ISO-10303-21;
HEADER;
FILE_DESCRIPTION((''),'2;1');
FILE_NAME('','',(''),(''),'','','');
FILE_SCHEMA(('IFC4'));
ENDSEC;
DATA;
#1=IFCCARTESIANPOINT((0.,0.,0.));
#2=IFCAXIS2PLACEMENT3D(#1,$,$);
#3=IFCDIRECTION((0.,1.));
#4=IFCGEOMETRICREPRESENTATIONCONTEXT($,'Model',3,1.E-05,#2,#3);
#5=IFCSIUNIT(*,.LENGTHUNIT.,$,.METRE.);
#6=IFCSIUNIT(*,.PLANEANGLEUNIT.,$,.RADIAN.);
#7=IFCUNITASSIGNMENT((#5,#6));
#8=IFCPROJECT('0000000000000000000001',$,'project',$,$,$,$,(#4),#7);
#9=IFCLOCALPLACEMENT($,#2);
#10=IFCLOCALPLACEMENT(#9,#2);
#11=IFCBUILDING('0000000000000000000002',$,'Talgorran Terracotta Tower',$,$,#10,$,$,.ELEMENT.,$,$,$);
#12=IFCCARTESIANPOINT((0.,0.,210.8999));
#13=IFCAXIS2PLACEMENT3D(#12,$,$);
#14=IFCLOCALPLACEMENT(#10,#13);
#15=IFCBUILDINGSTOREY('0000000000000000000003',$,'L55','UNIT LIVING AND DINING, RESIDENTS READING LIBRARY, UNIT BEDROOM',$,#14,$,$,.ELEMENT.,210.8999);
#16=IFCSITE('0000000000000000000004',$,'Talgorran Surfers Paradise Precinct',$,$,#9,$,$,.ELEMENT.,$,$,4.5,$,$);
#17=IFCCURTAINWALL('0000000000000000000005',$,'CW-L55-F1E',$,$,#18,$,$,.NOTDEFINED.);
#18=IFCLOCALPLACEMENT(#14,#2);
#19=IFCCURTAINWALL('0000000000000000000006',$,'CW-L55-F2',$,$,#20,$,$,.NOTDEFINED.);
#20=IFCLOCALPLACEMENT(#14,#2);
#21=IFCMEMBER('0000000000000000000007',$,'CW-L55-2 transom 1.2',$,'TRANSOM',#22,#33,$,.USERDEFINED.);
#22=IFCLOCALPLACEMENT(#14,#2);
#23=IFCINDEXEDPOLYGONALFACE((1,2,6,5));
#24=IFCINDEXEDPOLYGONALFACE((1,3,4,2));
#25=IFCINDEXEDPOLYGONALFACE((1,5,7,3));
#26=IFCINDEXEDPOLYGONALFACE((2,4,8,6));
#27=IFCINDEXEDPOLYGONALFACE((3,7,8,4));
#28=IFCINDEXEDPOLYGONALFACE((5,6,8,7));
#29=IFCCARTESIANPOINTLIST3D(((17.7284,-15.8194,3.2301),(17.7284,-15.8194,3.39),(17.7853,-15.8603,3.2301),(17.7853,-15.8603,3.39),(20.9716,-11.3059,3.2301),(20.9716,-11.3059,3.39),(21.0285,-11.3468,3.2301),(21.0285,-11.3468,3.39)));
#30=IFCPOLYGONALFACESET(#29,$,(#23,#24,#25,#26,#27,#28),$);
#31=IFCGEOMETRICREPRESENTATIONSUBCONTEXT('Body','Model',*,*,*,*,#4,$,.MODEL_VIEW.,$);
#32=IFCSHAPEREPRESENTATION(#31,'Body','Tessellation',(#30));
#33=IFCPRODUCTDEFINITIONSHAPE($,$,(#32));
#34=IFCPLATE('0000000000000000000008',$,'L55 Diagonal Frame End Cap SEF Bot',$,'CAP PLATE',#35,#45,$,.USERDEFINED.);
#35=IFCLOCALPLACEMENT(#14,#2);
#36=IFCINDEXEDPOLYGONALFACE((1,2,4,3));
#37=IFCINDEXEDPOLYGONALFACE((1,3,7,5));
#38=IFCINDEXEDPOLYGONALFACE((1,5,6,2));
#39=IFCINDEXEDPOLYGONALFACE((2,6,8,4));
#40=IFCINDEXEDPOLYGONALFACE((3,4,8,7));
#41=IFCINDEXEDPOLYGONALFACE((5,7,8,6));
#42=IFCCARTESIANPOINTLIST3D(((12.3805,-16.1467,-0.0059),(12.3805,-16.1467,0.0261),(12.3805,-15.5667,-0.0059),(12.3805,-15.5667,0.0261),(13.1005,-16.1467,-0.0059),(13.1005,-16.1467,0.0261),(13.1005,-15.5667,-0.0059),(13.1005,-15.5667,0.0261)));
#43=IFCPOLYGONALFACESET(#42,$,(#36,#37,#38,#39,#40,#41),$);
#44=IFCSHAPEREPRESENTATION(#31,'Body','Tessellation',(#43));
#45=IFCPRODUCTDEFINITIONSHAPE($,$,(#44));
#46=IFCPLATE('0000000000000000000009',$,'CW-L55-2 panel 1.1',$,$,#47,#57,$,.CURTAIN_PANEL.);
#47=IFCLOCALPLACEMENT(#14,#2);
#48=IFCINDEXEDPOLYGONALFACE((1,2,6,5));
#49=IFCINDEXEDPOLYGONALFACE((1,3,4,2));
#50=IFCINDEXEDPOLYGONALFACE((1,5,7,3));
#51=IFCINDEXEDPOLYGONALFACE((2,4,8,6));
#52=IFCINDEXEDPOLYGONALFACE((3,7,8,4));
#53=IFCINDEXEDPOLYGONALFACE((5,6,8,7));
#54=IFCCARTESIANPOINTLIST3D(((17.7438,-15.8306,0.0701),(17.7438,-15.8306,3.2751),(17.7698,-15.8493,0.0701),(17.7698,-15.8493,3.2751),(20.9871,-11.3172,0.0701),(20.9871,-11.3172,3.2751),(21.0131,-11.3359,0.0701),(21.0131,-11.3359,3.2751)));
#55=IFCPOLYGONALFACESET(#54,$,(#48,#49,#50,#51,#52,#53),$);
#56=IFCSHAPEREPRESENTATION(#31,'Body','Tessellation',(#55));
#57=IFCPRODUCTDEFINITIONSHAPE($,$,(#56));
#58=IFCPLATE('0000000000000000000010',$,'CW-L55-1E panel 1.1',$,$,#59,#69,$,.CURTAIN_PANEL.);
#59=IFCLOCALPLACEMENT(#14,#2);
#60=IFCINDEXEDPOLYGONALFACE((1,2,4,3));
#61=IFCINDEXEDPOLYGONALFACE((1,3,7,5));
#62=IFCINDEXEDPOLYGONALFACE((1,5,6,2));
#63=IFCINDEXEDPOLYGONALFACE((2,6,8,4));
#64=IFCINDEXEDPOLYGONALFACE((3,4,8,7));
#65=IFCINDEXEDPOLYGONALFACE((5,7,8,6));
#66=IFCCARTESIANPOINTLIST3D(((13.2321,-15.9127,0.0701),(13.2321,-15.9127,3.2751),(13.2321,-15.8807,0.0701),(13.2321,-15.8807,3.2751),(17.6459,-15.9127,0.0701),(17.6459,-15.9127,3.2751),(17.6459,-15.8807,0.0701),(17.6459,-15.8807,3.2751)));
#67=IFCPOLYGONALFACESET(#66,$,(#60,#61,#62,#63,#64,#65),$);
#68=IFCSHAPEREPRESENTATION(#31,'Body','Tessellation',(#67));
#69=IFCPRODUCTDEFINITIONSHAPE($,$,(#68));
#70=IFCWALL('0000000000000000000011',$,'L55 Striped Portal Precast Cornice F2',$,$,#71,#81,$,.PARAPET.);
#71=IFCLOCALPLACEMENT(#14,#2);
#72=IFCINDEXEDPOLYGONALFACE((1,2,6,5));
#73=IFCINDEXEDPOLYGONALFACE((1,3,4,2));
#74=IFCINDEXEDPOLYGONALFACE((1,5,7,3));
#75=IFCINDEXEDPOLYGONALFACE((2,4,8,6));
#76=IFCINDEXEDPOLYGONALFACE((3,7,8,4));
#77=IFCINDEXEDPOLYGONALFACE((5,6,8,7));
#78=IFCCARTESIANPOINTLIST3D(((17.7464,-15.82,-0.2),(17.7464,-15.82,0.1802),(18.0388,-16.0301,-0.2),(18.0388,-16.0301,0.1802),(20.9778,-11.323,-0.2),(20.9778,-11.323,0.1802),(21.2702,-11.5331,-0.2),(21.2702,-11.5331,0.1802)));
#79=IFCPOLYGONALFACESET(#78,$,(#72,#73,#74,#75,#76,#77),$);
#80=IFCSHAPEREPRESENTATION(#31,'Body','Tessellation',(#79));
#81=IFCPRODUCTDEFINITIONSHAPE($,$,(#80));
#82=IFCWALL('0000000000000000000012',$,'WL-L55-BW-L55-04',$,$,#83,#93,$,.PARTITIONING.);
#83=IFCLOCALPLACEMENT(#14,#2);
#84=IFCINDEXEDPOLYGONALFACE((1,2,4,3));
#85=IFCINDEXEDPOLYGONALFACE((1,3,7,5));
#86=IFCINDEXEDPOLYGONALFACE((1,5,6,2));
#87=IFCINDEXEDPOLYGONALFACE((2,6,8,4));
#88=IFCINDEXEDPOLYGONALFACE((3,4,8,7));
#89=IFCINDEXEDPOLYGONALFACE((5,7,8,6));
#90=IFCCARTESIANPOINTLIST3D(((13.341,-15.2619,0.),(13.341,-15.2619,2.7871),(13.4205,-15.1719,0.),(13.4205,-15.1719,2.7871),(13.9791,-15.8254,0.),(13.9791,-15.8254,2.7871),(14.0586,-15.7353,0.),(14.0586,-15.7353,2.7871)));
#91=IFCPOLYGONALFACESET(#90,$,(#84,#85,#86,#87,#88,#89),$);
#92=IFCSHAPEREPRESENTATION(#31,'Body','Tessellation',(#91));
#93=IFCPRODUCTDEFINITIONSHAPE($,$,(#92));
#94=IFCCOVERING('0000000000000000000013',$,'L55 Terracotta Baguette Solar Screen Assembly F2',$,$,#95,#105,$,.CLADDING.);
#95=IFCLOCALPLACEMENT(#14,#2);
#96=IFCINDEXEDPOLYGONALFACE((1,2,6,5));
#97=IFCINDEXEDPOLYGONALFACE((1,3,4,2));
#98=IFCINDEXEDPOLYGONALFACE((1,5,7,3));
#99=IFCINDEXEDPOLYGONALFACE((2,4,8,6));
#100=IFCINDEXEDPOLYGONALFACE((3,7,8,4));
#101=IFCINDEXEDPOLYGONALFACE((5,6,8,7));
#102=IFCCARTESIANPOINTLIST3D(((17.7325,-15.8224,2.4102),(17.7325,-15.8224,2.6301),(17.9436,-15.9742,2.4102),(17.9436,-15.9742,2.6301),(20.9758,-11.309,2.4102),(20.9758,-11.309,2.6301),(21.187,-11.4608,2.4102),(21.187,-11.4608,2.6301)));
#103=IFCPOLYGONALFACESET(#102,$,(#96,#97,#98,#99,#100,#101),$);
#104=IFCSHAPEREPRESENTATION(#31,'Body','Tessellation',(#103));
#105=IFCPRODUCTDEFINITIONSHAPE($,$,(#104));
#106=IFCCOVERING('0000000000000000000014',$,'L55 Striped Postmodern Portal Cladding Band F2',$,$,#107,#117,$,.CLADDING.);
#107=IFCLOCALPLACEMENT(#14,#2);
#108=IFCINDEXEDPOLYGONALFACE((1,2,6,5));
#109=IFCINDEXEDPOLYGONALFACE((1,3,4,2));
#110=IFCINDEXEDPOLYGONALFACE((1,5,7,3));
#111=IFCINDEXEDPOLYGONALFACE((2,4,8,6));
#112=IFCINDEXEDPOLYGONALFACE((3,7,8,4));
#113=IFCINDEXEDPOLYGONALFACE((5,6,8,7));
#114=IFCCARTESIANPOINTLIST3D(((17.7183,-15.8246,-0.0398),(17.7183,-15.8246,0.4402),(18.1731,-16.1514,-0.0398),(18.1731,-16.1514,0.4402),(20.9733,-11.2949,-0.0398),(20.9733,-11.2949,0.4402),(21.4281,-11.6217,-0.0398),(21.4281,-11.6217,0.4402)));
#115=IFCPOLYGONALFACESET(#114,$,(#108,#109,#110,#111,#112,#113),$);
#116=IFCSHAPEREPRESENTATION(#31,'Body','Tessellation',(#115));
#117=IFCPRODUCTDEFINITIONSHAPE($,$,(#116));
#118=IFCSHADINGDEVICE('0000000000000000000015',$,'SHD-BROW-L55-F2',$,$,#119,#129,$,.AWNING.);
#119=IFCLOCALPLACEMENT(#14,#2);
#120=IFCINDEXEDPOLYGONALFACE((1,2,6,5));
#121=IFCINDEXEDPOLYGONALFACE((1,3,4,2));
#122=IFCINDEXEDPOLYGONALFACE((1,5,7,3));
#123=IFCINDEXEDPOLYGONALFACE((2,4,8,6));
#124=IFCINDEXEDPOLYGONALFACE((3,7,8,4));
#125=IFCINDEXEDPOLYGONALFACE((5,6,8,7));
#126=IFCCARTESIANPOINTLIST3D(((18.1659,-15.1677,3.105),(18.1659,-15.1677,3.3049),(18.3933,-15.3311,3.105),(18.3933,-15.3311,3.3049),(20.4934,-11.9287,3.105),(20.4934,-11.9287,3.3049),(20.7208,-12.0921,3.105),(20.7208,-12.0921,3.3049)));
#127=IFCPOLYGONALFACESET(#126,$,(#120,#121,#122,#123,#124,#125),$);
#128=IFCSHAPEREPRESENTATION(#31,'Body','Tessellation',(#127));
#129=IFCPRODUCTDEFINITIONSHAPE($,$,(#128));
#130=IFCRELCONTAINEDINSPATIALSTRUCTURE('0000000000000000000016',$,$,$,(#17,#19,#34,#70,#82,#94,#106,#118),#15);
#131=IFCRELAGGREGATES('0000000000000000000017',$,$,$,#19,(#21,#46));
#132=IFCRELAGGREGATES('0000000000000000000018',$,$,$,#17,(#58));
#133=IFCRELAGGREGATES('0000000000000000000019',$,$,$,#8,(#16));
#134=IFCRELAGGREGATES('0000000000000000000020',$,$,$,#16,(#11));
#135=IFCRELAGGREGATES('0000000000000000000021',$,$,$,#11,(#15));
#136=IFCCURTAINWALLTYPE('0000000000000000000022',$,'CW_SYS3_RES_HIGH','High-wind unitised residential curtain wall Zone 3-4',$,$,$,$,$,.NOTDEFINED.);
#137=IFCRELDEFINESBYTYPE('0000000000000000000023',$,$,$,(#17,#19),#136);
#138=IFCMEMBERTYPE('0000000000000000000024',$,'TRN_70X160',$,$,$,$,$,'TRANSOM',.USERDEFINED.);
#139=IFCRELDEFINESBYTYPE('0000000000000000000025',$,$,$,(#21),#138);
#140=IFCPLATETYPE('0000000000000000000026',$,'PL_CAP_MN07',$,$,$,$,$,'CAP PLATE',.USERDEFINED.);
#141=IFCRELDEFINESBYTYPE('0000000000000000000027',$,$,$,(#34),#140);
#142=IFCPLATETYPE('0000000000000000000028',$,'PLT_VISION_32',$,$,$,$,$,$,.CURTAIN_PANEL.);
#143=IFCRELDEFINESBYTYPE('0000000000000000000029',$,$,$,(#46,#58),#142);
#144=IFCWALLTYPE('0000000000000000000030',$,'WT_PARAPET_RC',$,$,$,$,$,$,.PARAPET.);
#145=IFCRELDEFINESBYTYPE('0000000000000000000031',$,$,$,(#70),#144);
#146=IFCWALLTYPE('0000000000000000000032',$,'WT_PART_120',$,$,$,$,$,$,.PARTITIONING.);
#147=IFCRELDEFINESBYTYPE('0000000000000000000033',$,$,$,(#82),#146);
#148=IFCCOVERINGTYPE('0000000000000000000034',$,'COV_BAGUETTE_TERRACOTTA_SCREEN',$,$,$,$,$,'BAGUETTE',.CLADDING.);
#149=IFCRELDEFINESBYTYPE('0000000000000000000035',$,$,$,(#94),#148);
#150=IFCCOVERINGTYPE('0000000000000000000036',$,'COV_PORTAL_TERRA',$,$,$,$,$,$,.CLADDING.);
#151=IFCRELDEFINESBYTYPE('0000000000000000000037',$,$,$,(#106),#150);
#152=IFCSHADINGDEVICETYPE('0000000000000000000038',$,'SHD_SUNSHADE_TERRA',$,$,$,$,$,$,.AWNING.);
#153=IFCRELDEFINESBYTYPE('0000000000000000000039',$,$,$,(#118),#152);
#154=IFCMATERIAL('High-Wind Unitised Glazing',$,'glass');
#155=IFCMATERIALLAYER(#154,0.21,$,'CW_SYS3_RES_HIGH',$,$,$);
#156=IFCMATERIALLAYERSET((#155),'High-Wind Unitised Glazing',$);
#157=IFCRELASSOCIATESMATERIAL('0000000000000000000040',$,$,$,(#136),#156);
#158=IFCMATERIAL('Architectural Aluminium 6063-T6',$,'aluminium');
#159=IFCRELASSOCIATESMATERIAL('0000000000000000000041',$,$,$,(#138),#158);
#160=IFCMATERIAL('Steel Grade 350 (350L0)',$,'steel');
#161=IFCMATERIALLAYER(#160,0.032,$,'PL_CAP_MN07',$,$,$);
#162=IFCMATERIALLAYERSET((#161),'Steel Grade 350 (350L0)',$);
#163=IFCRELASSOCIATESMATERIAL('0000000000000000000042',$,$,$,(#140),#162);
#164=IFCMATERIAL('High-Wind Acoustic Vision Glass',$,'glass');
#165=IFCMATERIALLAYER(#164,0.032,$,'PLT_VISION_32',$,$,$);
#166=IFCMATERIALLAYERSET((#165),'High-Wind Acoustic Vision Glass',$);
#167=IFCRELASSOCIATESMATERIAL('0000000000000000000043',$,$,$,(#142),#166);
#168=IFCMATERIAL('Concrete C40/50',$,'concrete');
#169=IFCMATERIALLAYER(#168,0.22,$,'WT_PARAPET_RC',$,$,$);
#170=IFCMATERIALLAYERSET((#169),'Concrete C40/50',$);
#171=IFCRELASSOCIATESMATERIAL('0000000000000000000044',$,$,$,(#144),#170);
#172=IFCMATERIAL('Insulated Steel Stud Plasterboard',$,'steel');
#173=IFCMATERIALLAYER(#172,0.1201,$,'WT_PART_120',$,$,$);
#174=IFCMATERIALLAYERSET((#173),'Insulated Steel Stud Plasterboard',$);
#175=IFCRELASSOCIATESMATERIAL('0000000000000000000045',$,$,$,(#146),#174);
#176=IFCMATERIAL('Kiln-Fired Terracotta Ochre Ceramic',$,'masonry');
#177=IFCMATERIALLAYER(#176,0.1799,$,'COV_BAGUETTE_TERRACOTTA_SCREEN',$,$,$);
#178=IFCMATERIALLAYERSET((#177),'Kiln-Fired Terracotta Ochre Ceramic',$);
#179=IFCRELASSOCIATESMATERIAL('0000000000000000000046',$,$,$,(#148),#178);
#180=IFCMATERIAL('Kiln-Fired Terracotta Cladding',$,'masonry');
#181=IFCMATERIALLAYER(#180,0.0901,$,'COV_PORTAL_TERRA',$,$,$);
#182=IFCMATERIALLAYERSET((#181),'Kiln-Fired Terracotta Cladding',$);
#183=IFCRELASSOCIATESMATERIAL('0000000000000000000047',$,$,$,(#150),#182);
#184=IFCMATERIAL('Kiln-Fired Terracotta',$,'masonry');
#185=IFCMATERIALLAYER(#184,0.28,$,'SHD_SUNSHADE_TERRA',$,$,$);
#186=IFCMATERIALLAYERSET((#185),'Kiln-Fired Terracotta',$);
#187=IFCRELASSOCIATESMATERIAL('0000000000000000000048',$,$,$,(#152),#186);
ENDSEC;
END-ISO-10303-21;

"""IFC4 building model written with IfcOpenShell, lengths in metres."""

from ifc_helpers import new_model, si_unit, direction, frame, frame_2d, origin, origin_2d, place, context, subcontext, project, spatial, rectangle, extrude, source, transform, mapped, material, layer, layer_set, material_profile, profile_set, type_object, type_shapes, element, aggregate, save


model = new_model("IFC4")

# Units and contexts
model_context = context("Model", 3, precision=1e-05, world=origin(), true_north=direction((0.0, 1.0)))
body_context = subcontext(model_context, "Body", "Model", "MODEL_VIEW")
ifc_project = project(units=[si_unit("LENGTHUNIT", "METRE"), si_unit("PLANEANGLEUNIT", "RADIAN")], contexts=[model_context])

# Site, building, storey
site_placement = place(None, origin())
site = spatial("IfcSite", under=ifc_project, at=site_placement, Name="Talgorran Surfers Paradise Precinct", CompositionType="ELEMENT", RefElevation=4.5)
building_placement = place(site_placement, origin())
building = spatial("IfcBuilding", under=site, at=building_placement, Name="Talgorran Terracotta Tower", CompositionType="ELEMENT")
storey_placement = place(building_placement, frame((0.0, 0.0, 210.8999)))
storey = spatial("IfcBuildingStorey", under=building, at=storey_placement, Name="L55", Description="UNIT LIVING AND DINING, RESIDENTS READING LIBRARY, UNIT BEDROOM", CompositionType="ELEMENT", Elevation=210.8999)

# Shared definitions
ifc_material_1 = material(Name="Steel Grade 350 (350L0)", Category="steel")

# Shared definitions
ifc_material_2 = material(Name="High-Wind Unitised Glazing", Category="glass")
ifc_layer_1 = layer(ifc_material_2, 0.21, Name="CW_SYS3_RES_HIGH")
ifc_layer_set_1 = layer_set([ifc_layer_1], Name="High-Wind Unitised Glazing")
curtain_wall_type = type_object("IfcCurtainWallType", Name="CW_SYS3_RES_HIGH", Description="High-wind unitised residential curtain wall Zone 3-4", PredefinedType="NOTDEFINED", material=ifc_layer_set_1)
ifc_material_3 = material(Name="Architectural Aluminium 6063-T6", Category="aluminium")

# Curtain walls
curtain_wall_1_placement = place(storey_placement, origin())
curtain_wall_1 = element("IfcCurtainWall", 1, at=curtain_wall_1_placement, inside=storey, type_object=curtain_wall_type, Name="CW-L55-F1E", PredefinedType="NOTDEFINED")
curtain_wall_2_placement = place(storey_placement, origin())
curtain_wall_2 = element("IfcCurtainWall", 2, at=curtain_wall_2_placement, inside=storey, type_object=curtain_wall_type, Name="CW-L55-F2", PredefinedType="NOTDEFINED")

# Member
ifc_material_profile_1 = material_profile(ifc_material_3, rectangle(XDim=0.0701, YDim=0.1599, at=origin_2d()), Name="CWT70X160")
ifc_profile_set_1 = profile_set([ifc_material_profile_1], Name="Architectural Aluminium 6063-T6")
member_type_1 = type_object("IfcMemberType", Name="TRN_70X160", ElementType="TRANSOM", PredefinedType="USERDEFINED", material=ifc_profile_set_1)
member_1_placement = place(storey_placement, frame((17.7568, -15.8398, 3.3101), z_axis=(0.583534, 0.812089, 0.0), x_axis=(-0.812089, 0.583534, 0.0)))
member_1 = element("IfcMember", 3, at=member_1_placement, type_object=member_type_1, Name="CW-L55-2 transom 1.2", ObjectType="TRANSOM", PredefinedType="USERDEFINED", context=body_context, shape_type="SweptSolid", body=[
    extrude(rectangle(XDim=0.0701, YDim=0.1599, at=origin_2d()), origin(), (0.0, 0.0, 1.0), 5.5579),
])

# Plates
ifc_layer_2 = layer(ifc_material_1, 0.032, Name="PL_CAP_MN07")
ifc_layer_set_2 = layer_set([ifc_layer_2], Name="Steel Grade 350 (350L0)")
plate_type_1 = type_object("IfcPlateType", Name="PL_CAP_MN07", ElementType="CAP PLATE", PredefinedType="USERDEFINED", material=ifc_layer_set_2)
plate_1_placement = place(storey_placement, frame((12.7405, -15.8567, -0.0059), z_axis=(0.0, 0.0, 1.0), x_axis=(-1.0, 0.0, 0.0)))
element("IfcPlate", 4, at=plate_1_placement, inside=storey, type_object=plate_type_1, Name="L55 Diagonal Frame End Cap SEF Bot", ObjectType="CAP PLATE", PredefinedType="USERDEFINED", context=body_context, shape_type="SweptSolid", body=[
    extrude(rectangle(XDim=0.72, YDim=0.5801, at=origin_2d()), origin(), (0.0, 0.0, 1.0), 0.032),
])
ifc_material_4 = material(Name="High-Wind Acoustic Vision Glass", Category="glass")
ifc_layer_3 = layer(ifc_material_4, 0.032, Name="PLT_VISION_32")
ifc_layer_set_3 = layer_set([ifc_layer_3], Name="High-Wind Acoustic Vision Glass")
plate_type_2 = type_object("IfcPlateType", Name="PLT_VISION_32", PredefinedType="CURTAIN_PANEL", material=ifc_layer_set_3)
shared_shape_1 = source(origin(), body_context, "Body", "SweptSolid", [
    extrude(rectangle(XDim=5.5579, YDim=0.032, at=origin_2d()), origin(), (0.0, 0.0, 1.0), 3.2051),
])
plate_2_placement = place(storey_placement, frame((19.3784, -13.5833, 0.0701), z_axis=(0.0, 0.0, 1.0), x_axis=(0.583552, 0.812076, 0.0)))
plate_2 = element("IfcPlate", 5, at=plate_2_placement, type_object=plate_type_2, Name="CW-L55-2 panel 1.1", PredefinedType="CURTAIN_PANEL", context=body_context, shape_type="MappedRepresentation", body=[
    mapped(shared_shape_1, transform((0.0, 0.0, 0.0), scale=1.0)),
])
aggregate(curtain_wall_2, [member_1, plate_2])
shared_shape_2 = source(origin(), body_context, "Body", "SweptSolid", [
    extrude(rectangle(XDim=4.4138, YDim=0.032, at=origin_2d()), origin(), (0.0, 0.0, 1.0), 3.2051),
])
type_shapes(plate_type_2, [shared_shape_1, shared_shape_2])
plate_3_placement = place(storey_placement, frame((15.439, -15.8967, 0.0701), z_axis=(0.0, 0.0, 1.0), x_axis=(1.0, 0.0, 0.0)))
plate_3 = element("IfcPlate", 6, at=plate_3_placement, type_object=plate_type_2, Name="CW-L55-1E panel 1.1", PredefinedType="CURTAIN_PANEL", context=body_context, shape_type="MappedRepresentation", body=[
    mapped(shared_shape_2, transform((0.0, 0.0, 0.0), scale=1.0)),
])
aggregate(curtain_wall_1, [plate_3])

# Walls
ifc_material_5 = material(Name="Concrete C40/50", Category="concrete")
ifc_layer_4 = layer(ifc_material_5, 0.22, Name="WT_PARAPET_RC")
ifc_layer_set_4 = layer_set([ifc_layer_4], Name="Concrete C40/50")
wall_type_1 = type_object("IfcWallType", Name="WT_PARAPET_RC", PredefinedType="PARAPET", material=ifc_layer_set_4)
wall_1_placement = place(storey_placement, frame((17.8926, -15.925, -0.2), z_axis=(0.0, 0.0, 1.0), x_axis=(0.583538, 0.812086, 0.0)))
element("IfcWall", 7, at=wall_1_placement, inside=storey, type_object=wall_type_1, Name="L55 Striped Portal Precast Cornice F2", PredefinedType="PARAPET", context=body_context, shape_type="SweptSolid", body=[
    extrude(rectangle(XDim=5.5376, YDim=0.3601, at=frame_2d((2.7688, 0.0))), origin(), (0.0, 0.0, 1.0), 0.3801),
])
ifc_material_6 = material(Name="Insulated Steel Stud Plasterboard", Category="steel")
ifc_layer_5 = layer(ifc_material_6, 0.1201, Name="WT_PART_120")
ifc_layer_set_5 = layer_set([ifc_layer_5], Name="Insulated Steel Stud Plasterboard")
wall_type_2 = type_object("IfcWallType", Name="WT_PART_120", PredefinedType="PARTITIONING", material=ifc_layer_set_5)
wall_2_placement = place(storey_placement, frame((13.3806, -15.2168, 0.0), z_axis=(0.0, 0.0, 1.0), x_axis=(0.74962, -0.661868, 0.0)))
element("IfcWall", 8, at=wall_2_placement, inside=storey, type_object=wall_type_2, Name="WL-L55-BW-L55-04", PredefinedType="PARTITIONING", context=body_context, shape_type="SweptSolid", body=[
    extrude(rectangle(XDim=0.8513, YDim=0.1201, at=frame_2d((0.4258, 0.0))), origin(), (0.0, 0.0, 1.0), 2.7871),
])

# Coverings
ifc_material_7 = material(Name="Kiln-Fired Terracotta Ochre Ceramic", Category="masonry")
ifc_layer_6 = layer(ifc_material_7, 0.1799, Name="COV_BAGUETTE_TERRACOTTA_SCREEN")
ifc_layer_set_6 = layer_set([ifc_layer_6], Name="Kiln-Fired Terracotta Ochre Ceramic")
covering_type_1 = type_object("IfcCoveringType", Name="COV_BAGUETTE_TERRACOTTA_SCREEN", ElementType="BAGUETTE", PredefinedType="CLADDING", material=ifc_layer_set_6)
covering_1_placement = place(storey_placement, frame((19.4597, -13.6416, 2.4102), z_axis=(0.0, 0.0, 1.0), x_axis=(0.583555, 0.812073, 0.0)))
element("IfcCovering", 9, at=covering_1_placement, inside=storey, type_object=covering_type_1, Name="L55 Terracotta Baguette Solar Screen Assembly F2", PredefinedType="CLADDING", context=body_context, shape_type="SweptSolid", body=[
    extrude(rectangle(XDim=5.5579, YDim=0.26, at=origin_2d()), origin(), (0.0, 0.0, 1.0), 0.22),
])
ifc_material_8 = material(Name="Kiln-Fired Terracotta Cladding", Category="masonry")
ifc_layer_7 = layer(ifc_material_8, 0.0901, Name="COV_PORTAL_TERRA")
ifc_layer_set_7 = layer_set([ifc_layer_7], Name="Kiln-Fired Terracotta Cladding")
covering_type_2 = type_object("IfcCoveringType", Name="COV_PORTAL_TERRA", PredefinedType="CLADDING", material=ifc_layer_set_7)
covering_2_placement = place(storey_placement, frame((19.5732, -13.7231, -0.0398), z_axis=(0.0, 0.0, 1.0), x_axis=(0.583555, 0.812073, 0.0)))
element("IfcCovering", 10, at=covering_2_placement, inside=storey, type_object=covering_type_2, Name="L55 Striped Postmodern Portal Cladding Band F2", PredefinedType="CLADDING", context=body_context, shape_type="SweptSolid", body=[
    extrude(rectangle(XDim=5.5779, YDim=0.5601, at=origin_2d()), origin(), (0.0, 0.0, 1.0), 0.48),
])

# Shading device
ifc_material_9 = material(Name="Kiln-Fired Terracotta", Category="masonry")
ifc_layer_8 = layer(ifc_material_9, 0.28, Name="SHD_SUNSHADE_TERRA")
ifc_layer_set_8 = layer_set([ifc_layer_8], Name="Kiln-Fired Terracotta")
shading_device_type = type_object("IfcShadingDeviceType", Name="SHD_SUNSHADE_TERRA", PredefinedType="AWNING", material=ifc_layer_set_8)
shared_shape_3 = source(origin(), body_context, "Body", "SweptSolid", [
    extrude(rectangle(XDim=3.9885, YDim=0.28, at=origin_2d()), origin(), (0.0, 0.0, 1.0), 0.2),
])
type_shapes(shading_device_type, [shared_shape_3])
shading_device_placement = place(storey_placement, frame((19.4434, -13.6299, 3.105), z_axis=(0.0, 0.0, 1.0), x_axis=(0.583555, 0.812073, 0.0)))
element("IfcShadingDevice", 11, at=shading_device_placement, inside=storey, type_object=shading_device_type, Name="SHD-BROW-L55-F2", PredefinedType="AWNING", context=body_context, shape_type="MappedRepresentation", body=[
    mapped(shared_shape_3, transform((0.0, 0.0, 0.0), scale=1.0)),
])

save(model, "model.ifc")
